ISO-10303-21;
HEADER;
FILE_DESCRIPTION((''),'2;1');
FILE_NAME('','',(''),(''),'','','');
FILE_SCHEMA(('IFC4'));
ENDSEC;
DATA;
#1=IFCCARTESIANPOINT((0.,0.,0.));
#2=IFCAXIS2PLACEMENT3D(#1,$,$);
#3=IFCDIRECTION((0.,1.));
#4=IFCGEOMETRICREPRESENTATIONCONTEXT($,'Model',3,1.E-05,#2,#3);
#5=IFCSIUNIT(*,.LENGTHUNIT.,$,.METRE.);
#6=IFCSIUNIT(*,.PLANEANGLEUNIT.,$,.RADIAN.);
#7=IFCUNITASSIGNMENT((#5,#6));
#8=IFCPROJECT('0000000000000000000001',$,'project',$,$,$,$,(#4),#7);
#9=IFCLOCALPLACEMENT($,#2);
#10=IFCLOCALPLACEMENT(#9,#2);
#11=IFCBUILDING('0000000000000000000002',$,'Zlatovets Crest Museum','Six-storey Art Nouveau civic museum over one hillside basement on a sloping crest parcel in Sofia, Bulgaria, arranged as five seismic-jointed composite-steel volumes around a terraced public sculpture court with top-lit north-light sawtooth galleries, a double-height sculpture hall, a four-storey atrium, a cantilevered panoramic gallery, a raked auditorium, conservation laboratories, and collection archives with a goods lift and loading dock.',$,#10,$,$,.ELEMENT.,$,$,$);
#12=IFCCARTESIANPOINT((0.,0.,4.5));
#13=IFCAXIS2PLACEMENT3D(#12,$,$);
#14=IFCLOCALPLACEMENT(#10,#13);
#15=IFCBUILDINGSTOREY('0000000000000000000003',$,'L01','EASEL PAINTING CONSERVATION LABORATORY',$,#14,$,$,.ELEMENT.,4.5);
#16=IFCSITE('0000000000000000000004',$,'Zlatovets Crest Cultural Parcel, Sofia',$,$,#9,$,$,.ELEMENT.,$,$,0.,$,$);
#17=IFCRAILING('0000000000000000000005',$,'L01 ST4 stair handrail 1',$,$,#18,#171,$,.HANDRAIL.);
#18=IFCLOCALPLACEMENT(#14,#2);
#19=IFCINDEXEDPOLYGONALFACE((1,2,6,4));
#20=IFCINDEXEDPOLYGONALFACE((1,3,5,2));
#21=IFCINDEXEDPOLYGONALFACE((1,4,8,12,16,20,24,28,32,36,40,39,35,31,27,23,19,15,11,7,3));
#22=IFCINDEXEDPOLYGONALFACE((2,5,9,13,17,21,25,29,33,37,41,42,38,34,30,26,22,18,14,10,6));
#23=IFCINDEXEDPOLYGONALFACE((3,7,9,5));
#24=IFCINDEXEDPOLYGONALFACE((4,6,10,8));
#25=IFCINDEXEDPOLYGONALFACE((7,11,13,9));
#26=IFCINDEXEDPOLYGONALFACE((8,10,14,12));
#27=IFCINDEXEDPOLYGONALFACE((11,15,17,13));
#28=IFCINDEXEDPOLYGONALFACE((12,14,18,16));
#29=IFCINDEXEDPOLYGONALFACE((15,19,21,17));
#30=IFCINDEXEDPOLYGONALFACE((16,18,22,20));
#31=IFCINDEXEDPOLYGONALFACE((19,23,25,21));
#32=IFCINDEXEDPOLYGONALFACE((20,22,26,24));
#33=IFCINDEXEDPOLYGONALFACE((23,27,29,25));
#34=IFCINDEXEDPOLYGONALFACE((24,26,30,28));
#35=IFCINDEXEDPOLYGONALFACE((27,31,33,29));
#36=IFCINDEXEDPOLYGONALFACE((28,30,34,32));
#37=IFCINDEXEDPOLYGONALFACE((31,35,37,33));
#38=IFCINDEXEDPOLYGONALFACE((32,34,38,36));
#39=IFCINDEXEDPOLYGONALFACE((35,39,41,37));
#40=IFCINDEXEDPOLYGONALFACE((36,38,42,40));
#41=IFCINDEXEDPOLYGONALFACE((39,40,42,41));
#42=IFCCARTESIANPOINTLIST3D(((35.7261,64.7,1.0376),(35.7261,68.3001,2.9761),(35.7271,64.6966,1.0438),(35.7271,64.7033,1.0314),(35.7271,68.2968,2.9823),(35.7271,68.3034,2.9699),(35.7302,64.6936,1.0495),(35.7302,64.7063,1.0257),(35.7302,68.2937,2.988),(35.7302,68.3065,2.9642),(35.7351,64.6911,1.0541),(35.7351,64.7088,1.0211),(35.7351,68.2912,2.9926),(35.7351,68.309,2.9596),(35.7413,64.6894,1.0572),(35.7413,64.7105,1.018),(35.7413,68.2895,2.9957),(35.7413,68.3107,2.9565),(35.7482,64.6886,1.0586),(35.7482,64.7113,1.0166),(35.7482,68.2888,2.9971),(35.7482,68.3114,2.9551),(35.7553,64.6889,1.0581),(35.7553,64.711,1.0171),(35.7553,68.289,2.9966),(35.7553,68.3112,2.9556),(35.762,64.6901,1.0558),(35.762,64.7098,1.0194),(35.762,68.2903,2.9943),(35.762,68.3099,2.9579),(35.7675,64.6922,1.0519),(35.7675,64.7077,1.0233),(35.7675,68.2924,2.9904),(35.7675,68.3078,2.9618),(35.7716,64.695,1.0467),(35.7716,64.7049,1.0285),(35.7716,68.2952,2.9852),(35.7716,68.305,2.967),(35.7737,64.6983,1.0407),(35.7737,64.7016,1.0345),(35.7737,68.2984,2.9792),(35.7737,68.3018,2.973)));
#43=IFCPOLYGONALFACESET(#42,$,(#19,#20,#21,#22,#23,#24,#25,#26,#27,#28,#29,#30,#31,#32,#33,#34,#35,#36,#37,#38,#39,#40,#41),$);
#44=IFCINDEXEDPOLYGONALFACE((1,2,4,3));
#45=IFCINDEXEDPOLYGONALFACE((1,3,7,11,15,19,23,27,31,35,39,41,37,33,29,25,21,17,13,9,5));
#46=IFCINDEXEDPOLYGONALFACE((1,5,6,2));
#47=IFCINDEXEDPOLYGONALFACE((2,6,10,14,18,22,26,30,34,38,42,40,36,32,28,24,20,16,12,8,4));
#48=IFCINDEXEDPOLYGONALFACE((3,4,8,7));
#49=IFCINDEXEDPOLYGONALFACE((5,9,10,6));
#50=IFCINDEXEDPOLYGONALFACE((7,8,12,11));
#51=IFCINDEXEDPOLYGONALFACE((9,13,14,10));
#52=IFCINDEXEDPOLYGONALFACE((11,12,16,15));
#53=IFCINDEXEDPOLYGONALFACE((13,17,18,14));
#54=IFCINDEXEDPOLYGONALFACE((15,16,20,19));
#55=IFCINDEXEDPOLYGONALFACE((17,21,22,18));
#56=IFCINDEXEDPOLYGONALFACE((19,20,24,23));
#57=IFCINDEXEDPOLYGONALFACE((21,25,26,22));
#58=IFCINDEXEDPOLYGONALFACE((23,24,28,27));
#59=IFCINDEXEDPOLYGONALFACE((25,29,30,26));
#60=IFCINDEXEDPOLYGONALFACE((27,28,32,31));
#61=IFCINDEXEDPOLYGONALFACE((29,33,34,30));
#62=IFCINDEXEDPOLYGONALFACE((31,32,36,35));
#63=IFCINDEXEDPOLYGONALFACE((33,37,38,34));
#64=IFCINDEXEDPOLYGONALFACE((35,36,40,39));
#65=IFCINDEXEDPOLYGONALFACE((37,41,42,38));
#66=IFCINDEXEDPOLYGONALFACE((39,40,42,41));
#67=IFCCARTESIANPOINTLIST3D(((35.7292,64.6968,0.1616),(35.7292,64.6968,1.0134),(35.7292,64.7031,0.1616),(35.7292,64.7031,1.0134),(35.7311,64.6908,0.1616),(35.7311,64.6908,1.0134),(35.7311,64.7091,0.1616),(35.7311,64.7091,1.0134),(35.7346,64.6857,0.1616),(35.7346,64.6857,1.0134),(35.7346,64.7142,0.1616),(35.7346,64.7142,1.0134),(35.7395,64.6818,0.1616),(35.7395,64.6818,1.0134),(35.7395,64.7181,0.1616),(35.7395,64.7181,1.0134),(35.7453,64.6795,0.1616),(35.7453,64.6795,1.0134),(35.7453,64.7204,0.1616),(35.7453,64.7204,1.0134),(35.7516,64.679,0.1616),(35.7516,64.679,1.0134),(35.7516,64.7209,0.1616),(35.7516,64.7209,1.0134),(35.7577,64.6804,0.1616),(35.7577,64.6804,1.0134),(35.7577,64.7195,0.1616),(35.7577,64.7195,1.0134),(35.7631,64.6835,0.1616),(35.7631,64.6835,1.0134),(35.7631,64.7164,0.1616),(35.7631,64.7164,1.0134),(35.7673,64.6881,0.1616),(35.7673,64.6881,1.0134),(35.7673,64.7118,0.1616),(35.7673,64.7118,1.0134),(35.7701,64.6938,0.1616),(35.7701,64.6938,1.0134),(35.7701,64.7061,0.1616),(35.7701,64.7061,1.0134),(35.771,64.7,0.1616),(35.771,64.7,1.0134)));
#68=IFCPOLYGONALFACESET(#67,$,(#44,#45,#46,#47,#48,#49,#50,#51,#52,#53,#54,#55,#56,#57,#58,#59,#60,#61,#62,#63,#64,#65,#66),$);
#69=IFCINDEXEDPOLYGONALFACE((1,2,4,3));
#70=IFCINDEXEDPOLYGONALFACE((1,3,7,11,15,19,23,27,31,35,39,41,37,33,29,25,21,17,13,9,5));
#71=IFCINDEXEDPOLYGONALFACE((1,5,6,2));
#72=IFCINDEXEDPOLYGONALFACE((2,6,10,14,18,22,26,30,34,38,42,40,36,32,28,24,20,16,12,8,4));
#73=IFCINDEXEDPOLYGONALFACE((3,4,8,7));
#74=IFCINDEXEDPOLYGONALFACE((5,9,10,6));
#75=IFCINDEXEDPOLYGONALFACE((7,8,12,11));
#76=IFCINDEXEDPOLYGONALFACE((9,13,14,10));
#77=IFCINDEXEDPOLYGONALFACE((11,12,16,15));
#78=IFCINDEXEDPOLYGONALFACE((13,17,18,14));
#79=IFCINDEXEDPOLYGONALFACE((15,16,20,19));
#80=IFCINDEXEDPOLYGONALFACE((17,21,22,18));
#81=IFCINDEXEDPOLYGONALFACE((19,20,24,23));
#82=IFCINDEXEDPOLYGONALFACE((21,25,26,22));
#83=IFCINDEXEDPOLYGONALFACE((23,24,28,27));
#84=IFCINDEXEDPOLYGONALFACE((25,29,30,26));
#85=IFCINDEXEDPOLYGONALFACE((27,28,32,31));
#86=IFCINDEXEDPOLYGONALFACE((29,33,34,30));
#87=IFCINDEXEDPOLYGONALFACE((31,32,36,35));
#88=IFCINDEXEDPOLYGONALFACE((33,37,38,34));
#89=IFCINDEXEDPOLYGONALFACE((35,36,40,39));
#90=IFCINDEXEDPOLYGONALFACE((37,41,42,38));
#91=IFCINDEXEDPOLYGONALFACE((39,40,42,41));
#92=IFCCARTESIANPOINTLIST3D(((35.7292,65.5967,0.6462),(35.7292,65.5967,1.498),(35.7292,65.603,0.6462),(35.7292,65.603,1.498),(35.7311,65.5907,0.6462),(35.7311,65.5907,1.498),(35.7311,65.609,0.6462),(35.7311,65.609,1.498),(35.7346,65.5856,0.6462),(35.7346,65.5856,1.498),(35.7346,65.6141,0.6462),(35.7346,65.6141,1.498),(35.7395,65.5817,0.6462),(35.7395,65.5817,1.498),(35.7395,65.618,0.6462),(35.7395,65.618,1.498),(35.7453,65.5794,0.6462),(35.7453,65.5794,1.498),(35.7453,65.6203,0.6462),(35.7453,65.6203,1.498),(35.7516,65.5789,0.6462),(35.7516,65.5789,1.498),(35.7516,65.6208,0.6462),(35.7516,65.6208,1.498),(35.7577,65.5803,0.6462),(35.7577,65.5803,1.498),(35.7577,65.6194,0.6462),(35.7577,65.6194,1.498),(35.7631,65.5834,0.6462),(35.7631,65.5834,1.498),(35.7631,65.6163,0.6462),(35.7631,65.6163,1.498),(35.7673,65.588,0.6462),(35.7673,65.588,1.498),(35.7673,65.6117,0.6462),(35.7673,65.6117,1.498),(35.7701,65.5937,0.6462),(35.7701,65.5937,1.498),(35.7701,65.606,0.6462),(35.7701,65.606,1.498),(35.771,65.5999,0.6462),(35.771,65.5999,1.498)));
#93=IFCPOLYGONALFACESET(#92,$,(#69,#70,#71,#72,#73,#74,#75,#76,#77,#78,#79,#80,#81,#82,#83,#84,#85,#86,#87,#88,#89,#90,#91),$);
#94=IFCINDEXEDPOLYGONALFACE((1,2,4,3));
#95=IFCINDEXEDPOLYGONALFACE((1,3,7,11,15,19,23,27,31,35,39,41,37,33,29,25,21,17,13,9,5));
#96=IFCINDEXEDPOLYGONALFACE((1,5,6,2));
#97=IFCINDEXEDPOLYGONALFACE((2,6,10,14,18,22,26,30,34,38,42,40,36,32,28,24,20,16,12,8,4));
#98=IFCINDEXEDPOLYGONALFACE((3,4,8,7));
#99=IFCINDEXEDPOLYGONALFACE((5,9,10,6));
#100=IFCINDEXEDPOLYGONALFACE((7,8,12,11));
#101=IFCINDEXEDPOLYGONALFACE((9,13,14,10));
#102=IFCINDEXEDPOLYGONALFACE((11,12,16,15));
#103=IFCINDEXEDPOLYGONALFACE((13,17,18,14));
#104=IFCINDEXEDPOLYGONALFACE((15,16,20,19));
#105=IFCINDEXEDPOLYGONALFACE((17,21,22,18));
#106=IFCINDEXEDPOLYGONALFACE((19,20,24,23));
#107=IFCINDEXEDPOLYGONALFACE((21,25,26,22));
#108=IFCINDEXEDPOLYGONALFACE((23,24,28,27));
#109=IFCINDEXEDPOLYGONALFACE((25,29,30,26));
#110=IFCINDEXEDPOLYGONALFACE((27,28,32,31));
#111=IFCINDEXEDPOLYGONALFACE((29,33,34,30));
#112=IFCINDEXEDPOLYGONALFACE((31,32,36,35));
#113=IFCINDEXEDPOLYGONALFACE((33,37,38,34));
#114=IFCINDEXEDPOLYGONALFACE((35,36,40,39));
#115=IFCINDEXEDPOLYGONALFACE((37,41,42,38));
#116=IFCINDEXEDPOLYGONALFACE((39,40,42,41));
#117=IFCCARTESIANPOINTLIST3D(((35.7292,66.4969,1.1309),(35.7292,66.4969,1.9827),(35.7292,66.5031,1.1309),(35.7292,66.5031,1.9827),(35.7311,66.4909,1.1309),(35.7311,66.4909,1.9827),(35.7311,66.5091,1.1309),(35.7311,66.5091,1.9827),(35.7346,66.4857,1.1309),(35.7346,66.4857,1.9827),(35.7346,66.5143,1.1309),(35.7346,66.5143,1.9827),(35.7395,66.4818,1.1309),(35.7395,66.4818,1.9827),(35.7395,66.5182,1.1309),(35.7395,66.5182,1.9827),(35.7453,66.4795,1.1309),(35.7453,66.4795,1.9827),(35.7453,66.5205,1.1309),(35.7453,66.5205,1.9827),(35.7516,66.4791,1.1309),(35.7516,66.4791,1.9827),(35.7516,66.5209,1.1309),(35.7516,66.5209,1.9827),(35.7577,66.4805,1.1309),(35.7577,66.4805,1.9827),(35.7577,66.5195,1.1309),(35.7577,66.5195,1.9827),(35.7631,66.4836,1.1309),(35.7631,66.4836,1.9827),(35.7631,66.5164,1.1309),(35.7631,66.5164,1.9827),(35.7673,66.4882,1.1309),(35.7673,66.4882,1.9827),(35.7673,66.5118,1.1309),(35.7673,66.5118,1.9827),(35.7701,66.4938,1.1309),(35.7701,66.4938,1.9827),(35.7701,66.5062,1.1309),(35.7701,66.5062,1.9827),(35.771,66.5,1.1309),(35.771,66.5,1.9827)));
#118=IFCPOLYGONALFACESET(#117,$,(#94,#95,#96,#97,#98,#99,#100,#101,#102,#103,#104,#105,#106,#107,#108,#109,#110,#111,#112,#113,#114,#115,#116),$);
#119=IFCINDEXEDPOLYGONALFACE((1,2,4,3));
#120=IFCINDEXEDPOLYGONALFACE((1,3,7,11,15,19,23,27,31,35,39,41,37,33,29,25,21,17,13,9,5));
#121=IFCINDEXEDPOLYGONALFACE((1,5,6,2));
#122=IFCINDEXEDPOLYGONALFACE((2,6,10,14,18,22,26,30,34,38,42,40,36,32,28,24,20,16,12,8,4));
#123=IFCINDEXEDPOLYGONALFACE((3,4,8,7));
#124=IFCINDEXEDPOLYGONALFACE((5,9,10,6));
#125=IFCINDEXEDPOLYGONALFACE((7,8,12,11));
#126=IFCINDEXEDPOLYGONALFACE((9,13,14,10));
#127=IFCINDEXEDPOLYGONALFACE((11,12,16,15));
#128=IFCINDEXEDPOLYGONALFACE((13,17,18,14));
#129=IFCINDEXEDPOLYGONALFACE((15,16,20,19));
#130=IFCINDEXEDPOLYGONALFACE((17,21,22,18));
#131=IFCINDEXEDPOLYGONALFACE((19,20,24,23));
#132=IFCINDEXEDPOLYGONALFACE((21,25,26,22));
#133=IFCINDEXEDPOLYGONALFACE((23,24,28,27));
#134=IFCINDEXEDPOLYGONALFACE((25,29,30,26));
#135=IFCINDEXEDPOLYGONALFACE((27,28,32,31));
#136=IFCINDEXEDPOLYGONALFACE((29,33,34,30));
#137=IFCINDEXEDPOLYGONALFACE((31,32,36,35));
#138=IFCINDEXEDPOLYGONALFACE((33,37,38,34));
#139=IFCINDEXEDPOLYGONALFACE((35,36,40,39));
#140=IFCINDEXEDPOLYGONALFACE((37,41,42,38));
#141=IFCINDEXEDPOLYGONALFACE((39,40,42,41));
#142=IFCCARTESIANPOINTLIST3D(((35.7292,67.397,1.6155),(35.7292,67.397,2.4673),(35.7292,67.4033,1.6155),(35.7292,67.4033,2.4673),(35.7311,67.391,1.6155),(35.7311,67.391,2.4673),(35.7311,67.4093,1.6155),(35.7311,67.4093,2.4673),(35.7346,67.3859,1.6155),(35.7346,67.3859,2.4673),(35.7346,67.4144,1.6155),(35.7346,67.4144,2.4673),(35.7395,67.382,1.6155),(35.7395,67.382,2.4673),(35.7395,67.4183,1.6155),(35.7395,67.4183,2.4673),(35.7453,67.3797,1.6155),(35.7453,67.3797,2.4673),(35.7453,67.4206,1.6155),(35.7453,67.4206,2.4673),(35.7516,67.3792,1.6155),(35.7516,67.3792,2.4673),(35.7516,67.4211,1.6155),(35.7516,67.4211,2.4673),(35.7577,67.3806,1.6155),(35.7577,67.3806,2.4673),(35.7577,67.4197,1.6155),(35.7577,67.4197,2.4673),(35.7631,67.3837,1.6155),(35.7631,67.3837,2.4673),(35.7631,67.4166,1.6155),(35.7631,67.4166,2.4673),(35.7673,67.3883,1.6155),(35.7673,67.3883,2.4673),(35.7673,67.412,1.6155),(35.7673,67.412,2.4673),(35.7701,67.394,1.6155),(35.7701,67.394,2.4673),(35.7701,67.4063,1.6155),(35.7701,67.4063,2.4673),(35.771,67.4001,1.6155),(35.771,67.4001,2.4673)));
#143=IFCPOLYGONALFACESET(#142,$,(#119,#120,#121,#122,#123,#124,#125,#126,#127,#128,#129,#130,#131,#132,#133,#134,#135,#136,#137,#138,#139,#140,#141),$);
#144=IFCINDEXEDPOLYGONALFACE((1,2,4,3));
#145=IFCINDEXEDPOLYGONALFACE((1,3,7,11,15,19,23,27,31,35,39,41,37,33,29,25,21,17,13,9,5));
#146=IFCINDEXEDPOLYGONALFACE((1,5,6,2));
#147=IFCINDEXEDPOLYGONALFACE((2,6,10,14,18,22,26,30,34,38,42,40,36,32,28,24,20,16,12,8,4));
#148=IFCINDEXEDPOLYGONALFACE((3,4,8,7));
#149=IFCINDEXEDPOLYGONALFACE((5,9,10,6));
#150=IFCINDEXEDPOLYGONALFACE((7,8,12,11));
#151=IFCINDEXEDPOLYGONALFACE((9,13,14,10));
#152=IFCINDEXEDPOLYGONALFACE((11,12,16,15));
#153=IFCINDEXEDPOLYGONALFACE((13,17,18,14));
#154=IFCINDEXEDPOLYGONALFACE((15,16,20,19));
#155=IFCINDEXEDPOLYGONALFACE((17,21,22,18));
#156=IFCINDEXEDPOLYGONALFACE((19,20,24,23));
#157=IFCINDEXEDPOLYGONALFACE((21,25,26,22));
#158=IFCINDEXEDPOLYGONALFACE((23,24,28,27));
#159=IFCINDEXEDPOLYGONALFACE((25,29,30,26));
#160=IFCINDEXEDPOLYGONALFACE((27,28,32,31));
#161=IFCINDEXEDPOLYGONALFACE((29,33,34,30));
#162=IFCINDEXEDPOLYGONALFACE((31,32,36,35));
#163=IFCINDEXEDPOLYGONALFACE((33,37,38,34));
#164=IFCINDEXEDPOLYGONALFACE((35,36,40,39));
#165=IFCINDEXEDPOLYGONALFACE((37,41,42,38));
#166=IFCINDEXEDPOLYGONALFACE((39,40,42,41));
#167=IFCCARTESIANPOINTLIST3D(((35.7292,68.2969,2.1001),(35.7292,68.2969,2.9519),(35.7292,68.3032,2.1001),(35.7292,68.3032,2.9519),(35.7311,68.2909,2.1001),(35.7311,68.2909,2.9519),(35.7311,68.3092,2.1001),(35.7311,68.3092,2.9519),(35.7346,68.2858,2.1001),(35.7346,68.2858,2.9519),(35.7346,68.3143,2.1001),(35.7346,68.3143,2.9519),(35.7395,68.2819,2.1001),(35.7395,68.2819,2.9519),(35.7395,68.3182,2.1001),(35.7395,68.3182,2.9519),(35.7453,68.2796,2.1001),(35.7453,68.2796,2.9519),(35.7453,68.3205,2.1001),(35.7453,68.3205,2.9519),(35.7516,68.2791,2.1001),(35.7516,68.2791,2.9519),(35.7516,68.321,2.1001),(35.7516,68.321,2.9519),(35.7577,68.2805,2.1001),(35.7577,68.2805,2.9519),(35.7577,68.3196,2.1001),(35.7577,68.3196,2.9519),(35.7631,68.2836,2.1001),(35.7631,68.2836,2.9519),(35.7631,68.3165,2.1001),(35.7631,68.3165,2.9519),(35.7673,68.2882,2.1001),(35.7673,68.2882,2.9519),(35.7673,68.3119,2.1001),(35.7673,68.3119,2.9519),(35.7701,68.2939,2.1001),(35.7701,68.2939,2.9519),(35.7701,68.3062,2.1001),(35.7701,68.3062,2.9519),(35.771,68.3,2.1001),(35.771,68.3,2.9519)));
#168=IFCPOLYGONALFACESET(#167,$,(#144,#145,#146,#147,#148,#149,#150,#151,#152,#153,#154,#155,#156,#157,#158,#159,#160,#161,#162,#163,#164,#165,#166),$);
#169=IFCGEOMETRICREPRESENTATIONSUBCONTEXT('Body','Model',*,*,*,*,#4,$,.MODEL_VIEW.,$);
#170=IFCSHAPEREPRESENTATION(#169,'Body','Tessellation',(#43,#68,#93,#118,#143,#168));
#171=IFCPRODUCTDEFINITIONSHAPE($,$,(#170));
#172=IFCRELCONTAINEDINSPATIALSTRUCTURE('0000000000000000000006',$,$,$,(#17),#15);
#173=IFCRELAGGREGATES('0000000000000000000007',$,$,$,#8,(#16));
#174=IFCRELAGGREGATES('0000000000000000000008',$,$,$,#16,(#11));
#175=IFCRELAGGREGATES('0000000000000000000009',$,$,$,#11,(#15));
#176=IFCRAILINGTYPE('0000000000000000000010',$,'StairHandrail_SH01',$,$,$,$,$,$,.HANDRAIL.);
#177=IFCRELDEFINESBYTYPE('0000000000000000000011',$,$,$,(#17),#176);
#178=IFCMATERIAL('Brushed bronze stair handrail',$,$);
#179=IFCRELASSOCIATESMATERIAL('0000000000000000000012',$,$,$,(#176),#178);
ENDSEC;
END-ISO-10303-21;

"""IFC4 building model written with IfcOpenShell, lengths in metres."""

from ifc_helpers import new_model, si_unit, direction, frame, origin, origin_2d, place, context, subcontext, project, spatial, circle, extrude, material, type_object, element, save


model = new_model("IFC4")

# Units and contexts
model_context = context("Model", 3, precision=1e-05, world=origin(), true_north=direction((0.0, 1.0)))
body_context = subcontext(model_context, "Body", "Model", "MODEL_VIEW")
ifc_project = project(units=[si_unit("LENGTHUNIT", "METRE"), si_unit("PLANEANGLEUNIT", "RADIAN")], contexts=[model_context])

# Site, building, storey
site_placement = place(None, origin())
site = spatial("IfcSite", under=ifc_project, at=site_placement, Name="Zlatovets Crest Cultural Parcel, Sofia", CompositionType="ELEMENT", RefElevation=0.0)
building_placement = place(site_placement, origin())
building = spatial("IfcBuilding", under=site, at=building_placement, Name="Zlatovets Crest Museum", Description="Six-storey Art Nouveau civic museum over one hillside basement on a sloping crest parcel in Sofia, Bulgaria, arranged as five seismic-jointed composite-steel volumes around a terraced public sculpture court with top-lit north-light sawtooth galleries, a double-height sculpture hall, a four-storey atrium, a cantilevered panoramic gallery, a raked auditorium, conservation laboratories, and collection archives with a goods lift and loading dock.", CompositionType="ELEMENT")
storey_placement = place(building_placement, frame((0.0, 0.0, 4.5)))
storey = spatial("IfcBuildingStorey", under=building, at=storey_placement, Name="L01", Description="EASEL PAINTING CONSERVATION LABORATORY", CompositionType="ELEMENT", Elevation=4.5)

# Railing
ifc_material_1 = material(Name="Brushed bronze stair handrail")
railing_type_1 = type_object("IfcRailingType", Name="StairHandrail_SH01", PredefinedType="HANDRAIL", material=ifc_material_1)
railing_1_placement = place(storey_placement, frame((35.75, 64.7, 0.1616)))
element("IfcRailing", 1, at=railing_1_placement, inside=storey, type_object=railing_type_1, Name="L01 ST4 stair handrail 1", PredefinedType="HANDRAIL", context=body_context, shape_type="SweptSolid", body=[
    extrude(circle(Radius=0.0239, at=origin_2d()), frame((0.0, 0.0, 0.876), z_axis=(0.0, 0.880475, 0.474093), x_axis=(-1.0, 0.0, 0.0)), (0.0, 0.0, 1.0), 4.0889),
    extrude(circle(Radius=0.021, at=origin_2d()), origin(), (0.0, 0.0, 1.0), 0.8518),
    extrude(circle(Radius=0.021, at=origin_2d()), frame((0.0, 0.8999, 0.4846)), (0.0, 0.0, 1.0), 0.8518),
    extrude(circle(Radius=0.021, at=origin_2d()), frame((0.0, 1.8, 0.9692)), (0.0, 0.0, 1.0), 0.8518),
    extrude(circle(Radius=0.021, at=origin_2d()), frame((0.0, 2.7002, 1.4539)), (0.0, 0.0, 1.0), 0.8518),
    extrude(circle(Radius=0.021, at=origin_2d()), frame((0.0, 3.6001, 1.9385)), (0.0, 0.0, 1.0), 0.8518),
])

save(model, "model.ifc")
